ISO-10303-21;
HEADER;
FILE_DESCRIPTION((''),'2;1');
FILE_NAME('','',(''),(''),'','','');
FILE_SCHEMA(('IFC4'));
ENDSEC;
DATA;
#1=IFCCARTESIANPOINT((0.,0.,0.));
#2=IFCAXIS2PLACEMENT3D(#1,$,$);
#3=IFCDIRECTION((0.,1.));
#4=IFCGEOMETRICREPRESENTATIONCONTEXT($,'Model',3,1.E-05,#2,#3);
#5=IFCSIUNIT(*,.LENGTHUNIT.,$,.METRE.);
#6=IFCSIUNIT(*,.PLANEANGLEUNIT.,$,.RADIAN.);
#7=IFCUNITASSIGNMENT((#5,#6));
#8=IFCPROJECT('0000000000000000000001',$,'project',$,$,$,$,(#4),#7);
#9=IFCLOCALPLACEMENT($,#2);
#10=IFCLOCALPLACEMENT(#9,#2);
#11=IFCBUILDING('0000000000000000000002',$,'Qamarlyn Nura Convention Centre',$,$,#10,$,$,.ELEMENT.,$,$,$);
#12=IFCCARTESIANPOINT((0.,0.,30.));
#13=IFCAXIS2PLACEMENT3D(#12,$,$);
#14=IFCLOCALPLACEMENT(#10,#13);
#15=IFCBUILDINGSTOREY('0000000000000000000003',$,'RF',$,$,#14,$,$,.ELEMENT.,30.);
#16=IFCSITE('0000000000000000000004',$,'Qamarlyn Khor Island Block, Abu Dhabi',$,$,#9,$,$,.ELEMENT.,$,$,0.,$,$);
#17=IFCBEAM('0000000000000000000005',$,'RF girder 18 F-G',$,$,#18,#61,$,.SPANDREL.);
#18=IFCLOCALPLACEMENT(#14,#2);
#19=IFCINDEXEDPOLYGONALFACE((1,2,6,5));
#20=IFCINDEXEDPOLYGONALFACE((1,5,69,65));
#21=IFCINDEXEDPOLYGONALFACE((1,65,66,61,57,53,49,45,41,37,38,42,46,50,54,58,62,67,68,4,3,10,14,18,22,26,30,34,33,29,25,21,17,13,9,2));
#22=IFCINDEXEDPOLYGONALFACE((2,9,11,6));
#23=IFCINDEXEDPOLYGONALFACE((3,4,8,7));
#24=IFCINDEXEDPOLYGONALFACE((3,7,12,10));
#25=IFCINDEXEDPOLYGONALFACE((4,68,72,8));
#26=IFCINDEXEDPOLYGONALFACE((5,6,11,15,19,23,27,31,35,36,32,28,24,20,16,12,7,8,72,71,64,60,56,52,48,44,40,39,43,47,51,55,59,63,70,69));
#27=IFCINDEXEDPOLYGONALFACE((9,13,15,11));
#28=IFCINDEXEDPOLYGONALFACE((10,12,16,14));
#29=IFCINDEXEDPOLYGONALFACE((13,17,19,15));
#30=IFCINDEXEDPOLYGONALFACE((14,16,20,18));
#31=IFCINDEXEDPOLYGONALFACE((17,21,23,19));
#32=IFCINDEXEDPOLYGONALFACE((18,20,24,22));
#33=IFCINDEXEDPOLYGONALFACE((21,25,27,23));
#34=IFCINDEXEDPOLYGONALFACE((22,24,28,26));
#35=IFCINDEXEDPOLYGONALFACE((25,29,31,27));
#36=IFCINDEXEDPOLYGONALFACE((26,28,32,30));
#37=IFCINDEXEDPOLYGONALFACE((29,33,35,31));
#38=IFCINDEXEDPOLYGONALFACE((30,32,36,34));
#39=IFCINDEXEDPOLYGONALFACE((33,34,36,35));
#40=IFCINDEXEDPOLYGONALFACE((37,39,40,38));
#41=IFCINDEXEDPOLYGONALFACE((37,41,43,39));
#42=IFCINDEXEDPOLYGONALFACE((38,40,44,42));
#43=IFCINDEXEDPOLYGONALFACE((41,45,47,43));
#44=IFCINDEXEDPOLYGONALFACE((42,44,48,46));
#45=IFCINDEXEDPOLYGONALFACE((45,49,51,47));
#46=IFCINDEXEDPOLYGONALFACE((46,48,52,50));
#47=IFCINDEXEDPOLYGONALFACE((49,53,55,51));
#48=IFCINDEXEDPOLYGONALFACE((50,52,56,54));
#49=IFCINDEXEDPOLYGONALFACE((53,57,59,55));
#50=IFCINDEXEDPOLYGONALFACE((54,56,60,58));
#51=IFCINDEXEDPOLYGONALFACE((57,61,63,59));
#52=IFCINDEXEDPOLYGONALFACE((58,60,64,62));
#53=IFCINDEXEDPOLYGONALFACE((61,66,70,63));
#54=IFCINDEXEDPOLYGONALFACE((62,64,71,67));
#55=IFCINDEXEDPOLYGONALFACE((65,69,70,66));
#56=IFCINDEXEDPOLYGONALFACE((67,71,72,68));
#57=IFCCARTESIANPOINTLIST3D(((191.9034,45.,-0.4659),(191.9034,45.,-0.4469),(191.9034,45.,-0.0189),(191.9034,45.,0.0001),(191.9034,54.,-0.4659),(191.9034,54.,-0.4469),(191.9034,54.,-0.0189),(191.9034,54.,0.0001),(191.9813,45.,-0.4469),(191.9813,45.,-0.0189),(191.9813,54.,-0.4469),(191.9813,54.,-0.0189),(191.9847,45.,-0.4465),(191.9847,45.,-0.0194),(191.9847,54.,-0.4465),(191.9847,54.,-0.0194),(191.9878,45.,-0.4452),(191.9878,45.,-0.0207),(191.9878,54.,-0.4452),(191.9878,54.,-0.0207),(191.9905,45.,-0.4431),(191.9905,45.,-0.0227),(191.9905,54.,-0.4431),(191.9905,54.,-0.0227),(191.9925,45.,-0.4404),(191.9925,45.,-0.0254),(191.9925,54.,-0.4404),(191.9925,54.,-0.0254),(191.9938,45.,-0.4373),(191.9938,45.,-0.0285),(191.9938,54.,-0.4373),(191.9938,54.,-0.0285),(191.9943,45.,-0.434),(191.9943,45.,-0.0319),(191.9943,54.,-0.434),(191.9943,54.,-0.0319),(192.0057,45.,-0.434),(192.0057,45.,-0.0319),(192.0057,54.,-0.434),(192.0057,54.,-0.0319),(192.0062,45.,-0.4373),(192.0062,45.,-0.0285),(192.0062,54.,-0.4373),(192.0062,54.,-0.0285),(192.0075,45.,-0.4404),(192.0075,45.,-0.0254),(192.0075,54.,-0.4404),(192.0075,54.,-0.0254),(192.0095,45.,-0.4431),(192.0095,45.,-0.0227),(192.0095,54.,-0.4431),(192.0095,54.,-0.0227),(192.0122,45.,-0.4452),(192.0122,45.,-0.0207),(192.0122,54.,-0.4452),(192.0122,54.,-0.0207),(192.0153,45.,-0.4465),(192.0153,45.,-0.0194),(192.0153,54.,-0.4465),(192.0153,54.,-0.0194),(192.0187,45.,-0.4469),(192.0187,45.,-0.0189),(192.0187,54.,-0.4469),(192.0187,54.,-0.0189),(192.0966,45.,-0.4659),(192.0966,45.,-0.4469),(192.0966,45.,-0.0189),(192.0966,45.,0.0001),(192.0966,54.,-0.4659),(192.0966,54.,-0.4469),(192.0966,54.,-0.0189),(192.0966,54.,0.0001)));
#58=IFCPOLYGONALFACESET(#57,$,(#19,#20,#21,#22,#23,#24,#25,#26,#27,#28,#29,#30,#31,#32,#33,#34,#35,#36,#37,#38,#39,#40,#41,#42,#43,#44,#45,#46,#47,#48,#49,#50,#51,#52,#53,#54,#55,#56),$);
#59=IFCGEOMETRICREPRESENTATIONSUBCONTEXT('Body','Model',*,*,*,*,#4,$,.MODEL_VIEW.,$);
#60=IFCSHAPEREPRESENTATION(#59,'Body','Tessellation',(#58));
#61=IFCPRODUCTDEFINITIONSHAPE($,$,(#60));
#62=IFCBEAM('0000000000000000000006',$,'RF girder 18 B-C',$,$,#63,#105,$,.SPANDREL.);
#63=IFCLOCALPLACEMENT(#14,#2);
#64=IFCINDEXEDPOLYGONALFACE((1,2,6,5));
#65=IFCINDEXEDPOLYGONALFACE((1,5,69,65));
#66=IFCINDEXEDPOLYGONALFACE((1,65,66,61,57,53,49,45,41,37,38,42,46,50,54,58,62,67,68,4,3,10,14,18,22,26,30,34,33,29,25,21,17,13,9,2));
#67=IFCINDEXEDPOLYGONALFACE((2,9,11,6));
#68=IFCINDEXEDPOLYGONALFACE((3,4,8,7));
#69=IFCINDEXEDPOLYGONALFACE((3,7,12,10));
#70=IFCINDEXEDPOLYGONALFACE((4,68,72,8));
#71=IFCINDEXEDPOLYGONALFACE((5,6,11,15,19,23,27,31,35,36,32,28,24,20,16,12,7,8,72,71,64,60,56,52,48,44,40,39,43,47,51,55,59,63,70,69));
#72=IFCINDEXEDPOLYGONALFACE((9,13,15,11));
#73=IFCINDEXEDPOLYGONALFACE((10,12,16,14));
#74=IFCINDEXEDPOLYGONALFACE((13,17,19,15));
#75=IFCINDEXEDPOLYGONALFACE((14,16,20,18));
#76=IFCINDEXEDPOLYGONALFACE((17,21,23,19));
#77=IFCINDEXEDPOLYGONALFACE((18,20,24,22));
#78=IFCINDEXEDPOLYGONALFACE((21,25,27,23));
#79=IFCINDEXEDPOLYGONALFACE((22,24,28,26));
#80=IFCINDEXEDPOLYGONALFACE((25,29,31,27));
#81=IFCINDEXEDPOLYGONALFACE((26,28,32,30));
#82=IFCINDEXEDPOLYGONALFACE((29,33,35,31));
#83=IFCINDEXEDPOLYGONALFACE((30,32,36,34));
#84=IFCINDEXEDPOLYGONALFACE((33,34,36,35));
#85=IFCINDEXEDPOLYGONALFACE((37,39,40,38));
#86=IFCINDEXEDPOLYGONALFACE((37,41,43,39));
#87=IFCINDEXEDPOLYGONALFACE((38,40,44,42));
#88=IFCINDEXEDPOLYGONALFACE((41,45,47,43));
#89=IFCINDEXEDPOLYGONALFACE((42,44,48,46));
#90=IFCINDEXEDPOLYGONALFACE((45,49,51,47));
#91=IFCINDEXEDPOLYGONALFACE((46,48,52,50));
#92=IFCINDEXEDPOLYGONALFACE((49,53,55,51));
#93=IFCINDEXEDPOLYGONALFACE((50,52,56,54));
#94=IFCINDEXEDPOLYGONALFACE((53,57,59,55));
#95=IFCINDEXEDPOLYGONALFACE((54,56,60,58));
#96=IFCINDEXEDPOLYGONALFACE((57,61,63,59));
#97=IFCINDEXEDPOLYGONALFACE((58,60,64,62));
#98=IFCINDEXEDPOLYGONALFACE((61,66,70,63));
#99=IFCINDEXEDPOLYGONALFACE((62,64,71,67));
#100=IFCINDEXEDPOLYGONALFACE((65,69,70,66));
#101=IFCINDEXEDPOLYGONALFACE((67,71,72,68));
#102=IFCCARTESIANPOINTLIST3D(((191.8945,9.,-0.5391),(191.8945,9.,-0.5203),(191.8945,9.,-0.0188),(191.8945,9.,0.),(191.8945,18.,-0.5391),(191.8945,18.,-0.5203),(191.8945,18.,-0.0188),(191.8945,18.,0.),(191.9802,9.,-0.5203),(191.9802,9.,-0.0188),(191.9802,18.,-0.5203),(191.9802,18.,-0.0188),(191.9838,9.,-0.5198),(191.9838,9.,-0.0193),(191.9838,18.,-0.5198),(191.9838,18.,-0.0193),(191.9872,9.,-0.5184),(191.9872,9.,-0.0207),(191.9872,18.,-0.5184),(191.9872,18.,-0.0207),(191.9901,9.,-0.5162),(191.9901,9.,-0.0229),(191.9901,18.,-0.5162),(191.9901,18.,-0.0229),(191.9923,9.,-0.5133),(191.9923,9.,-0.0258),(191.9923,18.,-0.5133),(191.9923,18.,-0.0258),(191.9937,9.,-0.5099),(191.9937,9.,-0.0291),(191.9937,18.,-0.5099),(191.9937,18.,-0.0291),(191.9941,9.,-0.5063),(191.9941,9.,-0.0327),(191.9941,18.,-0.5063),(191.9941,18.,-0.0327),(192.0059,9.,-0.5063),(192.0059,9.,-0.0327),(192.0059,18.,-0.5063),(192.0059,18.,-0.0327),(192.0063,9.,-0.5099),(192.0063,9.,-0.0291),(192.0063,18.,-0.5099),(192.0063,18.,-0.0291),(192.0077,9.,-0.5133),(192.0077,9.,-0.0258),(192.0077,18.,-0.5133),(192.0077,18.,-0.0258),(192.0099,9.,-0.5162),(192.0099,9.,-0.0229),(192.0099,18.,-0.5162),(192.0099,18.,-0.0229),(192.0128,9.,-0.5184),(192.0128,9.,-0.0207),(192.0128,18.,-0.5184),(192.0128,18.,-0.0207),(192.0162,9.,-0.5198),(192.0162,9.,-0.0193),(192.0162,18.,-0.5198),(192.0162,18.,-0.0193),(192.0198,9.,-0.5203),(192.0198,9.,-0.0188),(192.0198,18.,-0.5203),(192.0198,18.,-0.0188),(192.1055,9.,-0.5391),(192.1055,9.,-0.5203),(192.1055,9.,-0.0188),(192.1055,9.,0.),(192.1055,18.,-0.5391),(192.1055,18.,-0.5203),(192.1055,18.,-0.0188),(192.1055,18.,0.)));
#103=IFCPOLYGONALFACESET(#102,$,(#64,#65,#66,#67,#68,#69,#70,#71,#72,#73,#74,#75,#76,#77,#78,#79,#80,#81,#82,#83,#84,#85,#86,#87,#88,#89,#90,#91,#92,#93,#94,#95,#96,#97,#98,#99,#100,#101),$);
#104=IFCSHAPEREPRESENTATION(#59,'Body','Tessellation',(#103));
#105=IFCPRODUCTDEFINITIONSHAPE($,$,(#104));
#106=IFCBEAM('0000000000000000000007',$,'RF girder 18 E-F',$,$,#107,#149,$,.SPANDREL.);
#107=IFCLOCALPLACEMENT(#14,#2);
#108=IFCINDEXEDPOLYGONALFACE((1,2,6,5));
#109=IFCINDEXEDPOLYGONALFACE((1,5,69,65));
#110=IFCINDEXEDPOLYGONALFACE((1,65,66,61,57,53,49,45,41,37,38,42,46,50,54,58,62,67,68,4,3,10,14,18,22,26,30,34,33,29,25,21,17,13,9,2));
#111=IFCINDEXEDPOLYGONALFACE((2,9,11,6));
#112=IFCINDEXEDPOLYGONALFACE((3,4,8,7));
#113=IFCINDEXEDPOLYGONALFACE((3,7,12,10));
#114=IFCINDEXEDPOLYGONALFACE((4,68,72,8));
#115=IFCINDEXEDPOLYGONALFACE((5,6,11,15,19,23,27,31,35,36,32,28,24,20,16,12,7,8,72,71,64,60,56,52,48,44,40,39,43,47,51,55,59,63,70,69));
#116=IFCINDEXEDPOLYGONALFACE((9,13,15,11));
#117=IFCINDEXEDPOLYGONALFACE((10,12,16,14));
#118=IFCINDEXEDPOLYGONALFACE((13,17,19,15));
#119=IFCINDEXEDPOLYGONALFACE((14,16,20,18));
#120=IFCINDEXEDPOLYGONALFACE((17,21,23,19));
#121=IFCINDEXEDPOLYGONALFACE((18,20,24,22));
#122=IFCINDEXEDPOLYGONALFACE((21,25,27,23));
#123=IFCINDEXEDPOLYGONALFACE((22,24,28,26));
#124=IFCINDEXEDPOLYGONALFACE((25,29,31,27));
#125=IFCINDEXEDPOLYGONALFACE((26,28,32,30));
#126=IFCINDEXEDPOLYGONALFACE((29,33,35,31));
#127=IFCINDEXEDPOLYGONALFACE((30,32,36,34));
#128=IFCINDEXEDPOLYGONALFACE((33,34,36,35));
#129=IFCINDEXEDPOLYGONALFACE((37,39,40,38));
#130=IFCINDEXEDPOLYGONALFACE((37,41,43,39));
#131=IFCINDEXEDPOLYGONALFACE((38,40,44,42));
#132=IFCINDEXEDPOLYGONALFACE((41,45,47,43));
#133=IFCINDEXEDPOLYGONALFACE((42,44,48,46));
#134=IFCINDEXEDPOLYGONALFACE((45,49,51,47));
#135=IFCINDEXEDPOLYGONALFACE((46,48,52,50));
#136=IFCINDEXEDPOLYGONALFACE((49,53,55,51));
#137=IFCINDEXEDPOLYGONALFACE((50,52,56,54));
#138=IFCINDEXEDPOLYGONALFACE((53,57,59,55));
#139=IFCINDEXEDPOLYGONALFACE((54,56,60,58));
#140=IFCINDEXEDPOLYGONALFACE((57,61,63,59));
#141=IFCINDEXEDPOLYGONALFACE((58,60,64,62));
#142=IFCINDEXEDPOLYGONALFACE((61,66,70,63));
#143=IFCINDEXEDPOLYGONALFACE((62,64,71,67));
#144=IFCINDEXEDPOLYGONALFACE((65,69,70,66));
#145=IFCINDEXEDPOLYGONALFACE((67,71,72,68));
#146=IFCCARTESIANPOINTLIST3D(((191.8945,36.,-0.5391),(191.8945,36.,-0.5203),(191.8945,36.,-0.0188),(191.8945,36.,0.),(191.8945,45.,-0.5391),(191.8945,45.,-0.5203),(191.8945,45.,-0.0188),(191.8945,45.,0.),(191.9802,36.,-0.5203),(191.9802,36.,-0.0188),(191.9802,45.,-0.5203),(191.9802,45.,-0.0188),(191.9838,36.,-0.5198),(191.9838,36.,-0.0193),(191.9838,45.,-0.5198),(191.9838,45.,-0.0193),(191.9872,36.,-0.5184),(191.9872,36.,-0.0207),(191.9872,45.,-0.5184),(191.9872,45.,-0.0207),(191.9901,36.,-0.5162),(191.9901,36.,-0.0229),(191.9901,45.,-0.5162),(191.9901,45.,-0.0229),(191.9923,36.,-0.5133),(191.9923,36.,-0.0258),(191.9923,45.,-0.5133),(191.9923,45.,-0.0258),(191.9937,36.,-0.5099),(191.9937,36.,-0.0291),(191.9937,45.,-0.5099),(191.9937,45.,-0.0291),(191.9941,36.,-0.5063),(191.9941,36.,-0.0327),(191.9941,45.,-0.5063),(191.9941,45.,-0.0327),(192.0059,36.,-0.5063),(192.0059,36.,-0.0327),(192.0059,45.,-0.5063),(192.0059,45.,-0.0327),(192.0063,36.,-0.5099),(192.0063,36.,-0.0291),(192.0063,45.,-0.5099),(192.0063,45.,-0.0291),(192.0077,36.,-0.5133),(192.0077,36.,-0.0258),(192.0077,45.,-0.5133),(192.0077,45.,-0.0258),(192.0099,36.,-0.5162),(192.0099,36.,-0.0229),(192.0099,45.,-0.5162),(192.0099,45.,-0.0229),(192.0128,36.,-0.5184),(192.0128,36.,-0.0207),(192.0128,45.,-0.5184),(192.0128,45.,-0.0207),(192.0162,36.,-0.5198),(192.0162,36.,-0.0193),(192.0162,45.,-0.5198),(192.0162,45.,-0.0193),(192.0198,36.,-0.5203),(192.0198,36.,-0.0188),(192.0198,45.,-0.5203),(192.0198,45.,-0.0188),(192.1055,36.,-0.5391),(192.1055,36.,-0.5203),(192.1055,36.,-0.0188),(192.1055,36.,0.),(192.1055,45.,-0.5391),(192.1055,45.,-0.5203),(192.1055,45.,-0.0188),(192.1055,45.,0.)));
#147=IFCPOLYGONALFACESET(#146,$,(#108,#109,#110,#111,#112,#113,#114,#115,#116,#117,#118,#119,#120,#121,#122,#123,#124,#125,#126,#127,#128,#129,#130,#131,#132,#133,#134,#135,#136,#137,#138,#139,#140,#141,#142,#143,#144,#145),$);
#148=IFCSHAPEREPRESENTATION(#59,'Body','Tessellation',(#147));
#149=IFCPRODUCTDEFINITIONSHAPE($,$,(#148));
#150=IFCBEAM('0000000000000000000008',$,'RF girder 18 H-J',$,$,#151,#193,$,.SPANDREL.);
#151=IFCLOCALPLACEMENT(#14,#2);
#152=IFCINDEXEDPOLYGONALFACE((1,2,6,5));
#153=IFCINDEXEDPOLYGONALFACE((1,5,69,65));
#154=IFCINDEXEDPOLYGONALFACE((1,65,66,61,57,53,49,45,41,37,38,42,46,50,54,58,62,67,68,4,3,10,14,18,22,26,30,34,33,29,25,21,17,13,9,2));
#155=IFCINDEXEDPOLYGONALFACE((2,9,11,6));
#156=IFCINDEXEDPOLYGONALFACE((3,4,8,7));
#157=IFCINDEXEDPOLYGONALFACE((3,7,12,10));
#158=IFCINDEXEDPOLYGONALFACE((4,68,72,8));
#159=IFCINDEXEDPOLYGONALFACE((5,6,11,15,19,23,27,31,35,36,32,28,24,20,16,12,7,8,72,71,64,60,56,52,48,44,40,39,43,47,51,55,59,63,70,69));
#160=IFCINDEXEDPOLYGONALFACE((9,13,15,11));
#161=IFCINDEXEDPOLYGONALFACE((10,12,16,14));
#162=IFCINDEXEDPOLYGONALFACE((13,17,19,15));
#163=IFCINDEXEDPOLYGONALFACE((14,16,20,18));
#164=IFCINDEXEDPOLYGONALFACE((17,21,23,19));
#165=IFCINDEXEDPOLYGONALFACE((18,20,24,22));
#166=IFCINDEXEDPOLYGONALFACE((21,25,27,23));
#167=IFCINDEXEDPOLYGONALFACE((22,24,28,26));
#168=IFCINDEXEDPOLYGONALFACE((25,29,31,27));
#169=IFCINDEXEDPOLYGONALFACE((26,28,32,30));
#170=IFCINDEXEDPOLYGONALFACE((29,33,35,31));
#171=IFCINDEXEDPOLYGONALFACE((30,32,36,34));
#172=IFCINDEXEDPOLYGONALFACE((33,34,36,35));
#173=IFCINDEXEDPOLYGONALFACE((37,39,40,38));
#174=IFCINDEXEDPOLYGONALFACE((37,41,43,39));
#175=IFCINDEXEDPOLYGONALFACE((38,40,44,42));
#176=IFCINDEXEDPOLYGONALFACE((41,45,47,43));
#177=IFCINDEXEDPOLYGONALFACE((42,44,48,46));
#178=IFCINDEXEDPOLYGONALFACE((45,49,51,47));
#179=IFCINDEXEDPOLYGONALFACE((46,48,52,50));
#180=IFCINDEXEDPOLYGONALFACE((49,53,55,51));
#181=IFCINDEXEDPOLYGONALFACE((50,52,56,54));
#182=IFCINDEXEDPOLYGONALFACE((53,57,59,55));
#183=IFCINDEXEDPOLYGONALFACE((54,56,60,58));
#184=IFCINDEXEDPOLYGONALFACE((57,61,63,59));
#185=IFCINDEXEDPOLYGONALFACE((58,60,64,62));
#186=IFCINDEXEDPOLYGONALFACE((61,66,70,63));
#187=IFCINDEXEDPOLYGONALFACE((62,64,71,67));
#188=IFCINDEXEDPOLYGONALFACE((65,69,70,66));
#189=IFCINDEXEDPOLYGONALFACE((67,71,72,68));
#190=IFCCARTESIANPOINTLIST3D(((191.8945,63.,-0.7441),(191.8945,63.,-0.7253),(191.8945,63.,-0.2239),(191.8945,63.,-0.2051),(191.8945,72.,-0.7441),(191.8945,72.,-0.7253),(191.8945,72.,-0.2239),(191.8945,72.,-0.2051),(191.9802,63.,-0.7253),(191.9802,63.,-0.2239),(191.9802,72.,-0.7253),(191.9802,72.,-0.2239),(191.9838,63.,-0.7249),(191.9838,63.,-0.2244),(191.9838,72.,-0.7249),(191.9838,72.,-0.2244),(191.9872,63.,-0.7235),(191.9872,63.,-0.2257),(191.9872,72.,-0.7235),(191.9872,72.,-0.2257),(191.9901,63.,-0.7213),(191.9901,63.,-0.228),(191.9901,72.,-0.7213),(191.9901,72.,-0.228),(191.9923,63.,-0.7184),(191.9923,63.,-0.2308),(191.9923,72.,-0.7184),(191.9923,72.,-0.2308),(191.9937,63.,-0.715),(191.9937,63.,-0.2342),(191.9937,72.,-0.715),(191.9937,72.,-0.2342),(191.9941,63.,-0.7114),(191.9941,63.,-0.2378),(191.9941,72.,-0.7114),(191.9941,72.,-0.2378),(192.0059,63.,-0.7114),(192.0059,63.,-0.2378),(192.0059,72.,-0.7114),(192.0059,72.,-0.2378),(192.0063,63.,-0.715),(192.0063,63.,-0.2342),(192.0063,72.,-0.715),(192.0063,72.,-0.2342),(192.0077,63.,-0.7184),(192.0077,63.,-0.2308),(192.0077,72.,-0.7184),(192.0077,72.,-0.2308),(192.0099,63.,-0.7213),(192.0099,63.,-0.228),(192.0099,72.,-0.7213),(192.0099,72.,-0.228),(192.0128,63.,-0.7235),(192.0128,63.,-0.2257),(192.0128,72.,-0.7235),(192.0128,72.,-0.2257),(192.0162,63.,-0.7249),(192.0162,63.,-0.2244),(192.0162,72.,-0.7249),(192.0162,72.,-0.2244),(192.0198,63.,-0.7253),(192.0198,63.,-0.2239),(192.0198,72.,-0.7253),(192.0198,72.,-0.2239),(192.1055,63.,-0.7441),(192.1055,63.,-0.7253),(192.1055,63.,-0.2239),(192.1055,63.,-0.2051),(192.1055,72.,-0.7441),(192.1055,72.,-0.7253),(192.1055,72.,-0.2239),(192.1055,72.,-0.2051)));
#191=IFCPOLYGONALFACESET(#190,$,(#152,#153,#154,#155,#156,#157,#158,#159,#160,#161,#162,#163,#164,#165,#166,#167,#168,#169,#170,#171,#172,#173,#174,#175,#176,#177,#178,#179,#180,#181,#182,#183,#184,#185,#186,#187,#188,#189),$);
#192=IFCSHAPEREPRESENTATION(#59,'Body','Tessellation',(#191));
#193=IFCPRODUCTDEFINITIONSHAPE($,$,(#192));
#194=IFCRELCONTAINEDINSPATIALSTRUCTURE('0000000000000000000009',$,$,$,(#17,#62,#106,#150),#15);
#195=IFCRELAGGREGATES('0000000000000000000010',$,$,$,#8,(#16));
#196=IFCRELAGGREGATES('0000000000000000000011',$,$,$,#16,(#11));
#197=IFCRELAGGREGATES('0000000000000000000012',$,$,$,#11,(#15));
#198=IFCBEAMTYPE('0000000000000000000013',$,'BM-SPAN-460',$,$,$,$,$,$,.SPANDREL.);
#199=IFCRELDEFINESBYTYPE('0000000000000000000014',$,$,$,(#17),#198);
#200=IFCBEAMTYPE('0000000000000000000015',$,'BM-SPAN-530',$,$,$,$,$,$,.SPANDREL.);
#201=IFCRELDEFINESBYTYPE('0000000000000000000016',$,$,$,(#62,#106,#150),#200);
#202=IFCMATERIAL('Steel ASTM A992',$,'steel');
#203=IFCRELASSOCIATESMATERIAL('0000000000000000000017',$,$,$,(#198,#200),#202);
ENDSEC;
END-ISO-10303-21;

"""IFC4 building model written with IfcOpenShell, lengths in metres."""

from ifc_helpers import new_model, si_unit, direction, frame, origin, origin_2d, place, context, subcontext, project, spatial, i_section, extrude, material, material_profile, profile_set, type_object, element, save


model = new_model("IFC4")

# Units and contexts
model_context = context("Model", 3, precision=1e-05, world=origin(), true_north=direction((0.0, 1.0)))
body_context = subcontext(model_context, "Body", "Model", "MODEL_VIEW")
ifc_project = project(units=[si_unit("LENGTHUNIT", "METRE"), si_unit("PLANEANGLEUNIT", "RADIAN")], contexts=[model_context])

# Site, building, storey
site_placement = place(None, origin())
site = spatial("IfcSite", under=ifc_project, at=site_placement, Name="Qamarlyn Khor Island Block, Abu Dhabi", CompositionType="ELEMENT", RefElevation=0.0)
building_placement = place(site_placement, origin())
building = spatial("IfcBuilding", under=site, at=building_placement, Name="Qamarlyn Nura Convention Centre", CompositionType="ELEMENT")
storey_placement = place(building_placement, frame((0.0, 0.0, 30.0)))
storey = spatial("IfcBuildingStorey", under=building, at=storey_placement, Name="RF", CompositionType="ELEMENT", Elevation=30.0)

# Beams
ifc_material_1 = material(Name="Steel ASTM A992", Category="steel")
ifc_material_profile_1 = material_profile(ifc_material_1, i_section(OverallWidth=0.1931, OverallDepth=0.4661, WebThickness=0.0115, FlangeThickness=0.019, FilletRadius=0.0129, at=origin_2d()), Name="W460X97")
ifc_profile_set_1 = profile_set([ifc_material_profile_1], Name="Steel ASTM A992")
beam_type_1 = type_object("IfcBeamType", Name="BM-SPAN-460", PredefinedType="SPANDREL", material=ifc_profile_set_1)
for number, where, z_axis, x_axis, name in (
    (1, (192.0, 45.0, -0.2329), (0.0, 1.0, 0.0), (-1.0, 0.0, 0.0), "RF girder 18 F-G"),
):
    element("IfcBeam", number, at=place(storey_placement, frame(where, z_axis=z_axis, x_axis=x_axis)), inside=storey, type_object=beam_type_1, Name=name, PredefinedType="SPANDREL", context=body_context, shape_type="SweptSolid", body=[
        extrude(i_section(OverallWidth=0.1931, OverallDepth=0.4661, WebThickness=0.0115, FlangeThickness=0.019, FilletRadius=0.0129, at=origin_2d()), origin(), (0.0, 0.0, 1.0), 9.0),
    ])
ifc_material_profile_2 = material_profile(ifc_material_1, i_section(OverallWidth=0.2109, OverallDepth=0.5391, WebThickness=0.0117, FlangeThickness=0.0188, FilletRadius=0.0139, at=origin_2d()), Name="W530X109")
ifc_profile_set_2 = profile_set([ifc_material_profile_2], Name="Steel ASTM A992")
beam_type_2 = type_object("IfcBeamType", Name="BM-SPAN-530", PredefinedType="SPANDREL", material=ifc_profile_set_2)
for number, where, z_axis, x_axis, name in (
    (2, (192.0, 9.0, -0.2695), (0.0, 1.0, 0.0), (-1.0, 0.0, 0.0), "RF girder 18 B-C"),
    (3, (192.0, 36.0, -0.2695), (0.0, 1.0, 0.0), (-1.0, 0.0, 0.0), "RF girder 18 E-F"),
    (4, (192.0, 63.0, -0.4746), (0.0, 1.0, 0.0), (-1.0, 0.0, 0.0), "RF girder 18 H-J"),
):
    element("IfcBeam", number, at=place(storey_placement, frame(where, z_axis=z_axis, x_axis=x_axis)), inside=storey, type_object=beam_type_2, Name=name, PredefinedType="SPANDREL", context=body_context, shape_type="SweptSolid", body=[
        extrude(i_section(OverallWidth=0.2109, OverallDepth=0.5391, WebThickness=0.0117, FlangeThickness=0.0188, FilletRadius=0.0139, at=origin_2d()), origin(), (0.0, 0.0, 1.0), 9.0),
    ])

save(model, "model.ifc")
